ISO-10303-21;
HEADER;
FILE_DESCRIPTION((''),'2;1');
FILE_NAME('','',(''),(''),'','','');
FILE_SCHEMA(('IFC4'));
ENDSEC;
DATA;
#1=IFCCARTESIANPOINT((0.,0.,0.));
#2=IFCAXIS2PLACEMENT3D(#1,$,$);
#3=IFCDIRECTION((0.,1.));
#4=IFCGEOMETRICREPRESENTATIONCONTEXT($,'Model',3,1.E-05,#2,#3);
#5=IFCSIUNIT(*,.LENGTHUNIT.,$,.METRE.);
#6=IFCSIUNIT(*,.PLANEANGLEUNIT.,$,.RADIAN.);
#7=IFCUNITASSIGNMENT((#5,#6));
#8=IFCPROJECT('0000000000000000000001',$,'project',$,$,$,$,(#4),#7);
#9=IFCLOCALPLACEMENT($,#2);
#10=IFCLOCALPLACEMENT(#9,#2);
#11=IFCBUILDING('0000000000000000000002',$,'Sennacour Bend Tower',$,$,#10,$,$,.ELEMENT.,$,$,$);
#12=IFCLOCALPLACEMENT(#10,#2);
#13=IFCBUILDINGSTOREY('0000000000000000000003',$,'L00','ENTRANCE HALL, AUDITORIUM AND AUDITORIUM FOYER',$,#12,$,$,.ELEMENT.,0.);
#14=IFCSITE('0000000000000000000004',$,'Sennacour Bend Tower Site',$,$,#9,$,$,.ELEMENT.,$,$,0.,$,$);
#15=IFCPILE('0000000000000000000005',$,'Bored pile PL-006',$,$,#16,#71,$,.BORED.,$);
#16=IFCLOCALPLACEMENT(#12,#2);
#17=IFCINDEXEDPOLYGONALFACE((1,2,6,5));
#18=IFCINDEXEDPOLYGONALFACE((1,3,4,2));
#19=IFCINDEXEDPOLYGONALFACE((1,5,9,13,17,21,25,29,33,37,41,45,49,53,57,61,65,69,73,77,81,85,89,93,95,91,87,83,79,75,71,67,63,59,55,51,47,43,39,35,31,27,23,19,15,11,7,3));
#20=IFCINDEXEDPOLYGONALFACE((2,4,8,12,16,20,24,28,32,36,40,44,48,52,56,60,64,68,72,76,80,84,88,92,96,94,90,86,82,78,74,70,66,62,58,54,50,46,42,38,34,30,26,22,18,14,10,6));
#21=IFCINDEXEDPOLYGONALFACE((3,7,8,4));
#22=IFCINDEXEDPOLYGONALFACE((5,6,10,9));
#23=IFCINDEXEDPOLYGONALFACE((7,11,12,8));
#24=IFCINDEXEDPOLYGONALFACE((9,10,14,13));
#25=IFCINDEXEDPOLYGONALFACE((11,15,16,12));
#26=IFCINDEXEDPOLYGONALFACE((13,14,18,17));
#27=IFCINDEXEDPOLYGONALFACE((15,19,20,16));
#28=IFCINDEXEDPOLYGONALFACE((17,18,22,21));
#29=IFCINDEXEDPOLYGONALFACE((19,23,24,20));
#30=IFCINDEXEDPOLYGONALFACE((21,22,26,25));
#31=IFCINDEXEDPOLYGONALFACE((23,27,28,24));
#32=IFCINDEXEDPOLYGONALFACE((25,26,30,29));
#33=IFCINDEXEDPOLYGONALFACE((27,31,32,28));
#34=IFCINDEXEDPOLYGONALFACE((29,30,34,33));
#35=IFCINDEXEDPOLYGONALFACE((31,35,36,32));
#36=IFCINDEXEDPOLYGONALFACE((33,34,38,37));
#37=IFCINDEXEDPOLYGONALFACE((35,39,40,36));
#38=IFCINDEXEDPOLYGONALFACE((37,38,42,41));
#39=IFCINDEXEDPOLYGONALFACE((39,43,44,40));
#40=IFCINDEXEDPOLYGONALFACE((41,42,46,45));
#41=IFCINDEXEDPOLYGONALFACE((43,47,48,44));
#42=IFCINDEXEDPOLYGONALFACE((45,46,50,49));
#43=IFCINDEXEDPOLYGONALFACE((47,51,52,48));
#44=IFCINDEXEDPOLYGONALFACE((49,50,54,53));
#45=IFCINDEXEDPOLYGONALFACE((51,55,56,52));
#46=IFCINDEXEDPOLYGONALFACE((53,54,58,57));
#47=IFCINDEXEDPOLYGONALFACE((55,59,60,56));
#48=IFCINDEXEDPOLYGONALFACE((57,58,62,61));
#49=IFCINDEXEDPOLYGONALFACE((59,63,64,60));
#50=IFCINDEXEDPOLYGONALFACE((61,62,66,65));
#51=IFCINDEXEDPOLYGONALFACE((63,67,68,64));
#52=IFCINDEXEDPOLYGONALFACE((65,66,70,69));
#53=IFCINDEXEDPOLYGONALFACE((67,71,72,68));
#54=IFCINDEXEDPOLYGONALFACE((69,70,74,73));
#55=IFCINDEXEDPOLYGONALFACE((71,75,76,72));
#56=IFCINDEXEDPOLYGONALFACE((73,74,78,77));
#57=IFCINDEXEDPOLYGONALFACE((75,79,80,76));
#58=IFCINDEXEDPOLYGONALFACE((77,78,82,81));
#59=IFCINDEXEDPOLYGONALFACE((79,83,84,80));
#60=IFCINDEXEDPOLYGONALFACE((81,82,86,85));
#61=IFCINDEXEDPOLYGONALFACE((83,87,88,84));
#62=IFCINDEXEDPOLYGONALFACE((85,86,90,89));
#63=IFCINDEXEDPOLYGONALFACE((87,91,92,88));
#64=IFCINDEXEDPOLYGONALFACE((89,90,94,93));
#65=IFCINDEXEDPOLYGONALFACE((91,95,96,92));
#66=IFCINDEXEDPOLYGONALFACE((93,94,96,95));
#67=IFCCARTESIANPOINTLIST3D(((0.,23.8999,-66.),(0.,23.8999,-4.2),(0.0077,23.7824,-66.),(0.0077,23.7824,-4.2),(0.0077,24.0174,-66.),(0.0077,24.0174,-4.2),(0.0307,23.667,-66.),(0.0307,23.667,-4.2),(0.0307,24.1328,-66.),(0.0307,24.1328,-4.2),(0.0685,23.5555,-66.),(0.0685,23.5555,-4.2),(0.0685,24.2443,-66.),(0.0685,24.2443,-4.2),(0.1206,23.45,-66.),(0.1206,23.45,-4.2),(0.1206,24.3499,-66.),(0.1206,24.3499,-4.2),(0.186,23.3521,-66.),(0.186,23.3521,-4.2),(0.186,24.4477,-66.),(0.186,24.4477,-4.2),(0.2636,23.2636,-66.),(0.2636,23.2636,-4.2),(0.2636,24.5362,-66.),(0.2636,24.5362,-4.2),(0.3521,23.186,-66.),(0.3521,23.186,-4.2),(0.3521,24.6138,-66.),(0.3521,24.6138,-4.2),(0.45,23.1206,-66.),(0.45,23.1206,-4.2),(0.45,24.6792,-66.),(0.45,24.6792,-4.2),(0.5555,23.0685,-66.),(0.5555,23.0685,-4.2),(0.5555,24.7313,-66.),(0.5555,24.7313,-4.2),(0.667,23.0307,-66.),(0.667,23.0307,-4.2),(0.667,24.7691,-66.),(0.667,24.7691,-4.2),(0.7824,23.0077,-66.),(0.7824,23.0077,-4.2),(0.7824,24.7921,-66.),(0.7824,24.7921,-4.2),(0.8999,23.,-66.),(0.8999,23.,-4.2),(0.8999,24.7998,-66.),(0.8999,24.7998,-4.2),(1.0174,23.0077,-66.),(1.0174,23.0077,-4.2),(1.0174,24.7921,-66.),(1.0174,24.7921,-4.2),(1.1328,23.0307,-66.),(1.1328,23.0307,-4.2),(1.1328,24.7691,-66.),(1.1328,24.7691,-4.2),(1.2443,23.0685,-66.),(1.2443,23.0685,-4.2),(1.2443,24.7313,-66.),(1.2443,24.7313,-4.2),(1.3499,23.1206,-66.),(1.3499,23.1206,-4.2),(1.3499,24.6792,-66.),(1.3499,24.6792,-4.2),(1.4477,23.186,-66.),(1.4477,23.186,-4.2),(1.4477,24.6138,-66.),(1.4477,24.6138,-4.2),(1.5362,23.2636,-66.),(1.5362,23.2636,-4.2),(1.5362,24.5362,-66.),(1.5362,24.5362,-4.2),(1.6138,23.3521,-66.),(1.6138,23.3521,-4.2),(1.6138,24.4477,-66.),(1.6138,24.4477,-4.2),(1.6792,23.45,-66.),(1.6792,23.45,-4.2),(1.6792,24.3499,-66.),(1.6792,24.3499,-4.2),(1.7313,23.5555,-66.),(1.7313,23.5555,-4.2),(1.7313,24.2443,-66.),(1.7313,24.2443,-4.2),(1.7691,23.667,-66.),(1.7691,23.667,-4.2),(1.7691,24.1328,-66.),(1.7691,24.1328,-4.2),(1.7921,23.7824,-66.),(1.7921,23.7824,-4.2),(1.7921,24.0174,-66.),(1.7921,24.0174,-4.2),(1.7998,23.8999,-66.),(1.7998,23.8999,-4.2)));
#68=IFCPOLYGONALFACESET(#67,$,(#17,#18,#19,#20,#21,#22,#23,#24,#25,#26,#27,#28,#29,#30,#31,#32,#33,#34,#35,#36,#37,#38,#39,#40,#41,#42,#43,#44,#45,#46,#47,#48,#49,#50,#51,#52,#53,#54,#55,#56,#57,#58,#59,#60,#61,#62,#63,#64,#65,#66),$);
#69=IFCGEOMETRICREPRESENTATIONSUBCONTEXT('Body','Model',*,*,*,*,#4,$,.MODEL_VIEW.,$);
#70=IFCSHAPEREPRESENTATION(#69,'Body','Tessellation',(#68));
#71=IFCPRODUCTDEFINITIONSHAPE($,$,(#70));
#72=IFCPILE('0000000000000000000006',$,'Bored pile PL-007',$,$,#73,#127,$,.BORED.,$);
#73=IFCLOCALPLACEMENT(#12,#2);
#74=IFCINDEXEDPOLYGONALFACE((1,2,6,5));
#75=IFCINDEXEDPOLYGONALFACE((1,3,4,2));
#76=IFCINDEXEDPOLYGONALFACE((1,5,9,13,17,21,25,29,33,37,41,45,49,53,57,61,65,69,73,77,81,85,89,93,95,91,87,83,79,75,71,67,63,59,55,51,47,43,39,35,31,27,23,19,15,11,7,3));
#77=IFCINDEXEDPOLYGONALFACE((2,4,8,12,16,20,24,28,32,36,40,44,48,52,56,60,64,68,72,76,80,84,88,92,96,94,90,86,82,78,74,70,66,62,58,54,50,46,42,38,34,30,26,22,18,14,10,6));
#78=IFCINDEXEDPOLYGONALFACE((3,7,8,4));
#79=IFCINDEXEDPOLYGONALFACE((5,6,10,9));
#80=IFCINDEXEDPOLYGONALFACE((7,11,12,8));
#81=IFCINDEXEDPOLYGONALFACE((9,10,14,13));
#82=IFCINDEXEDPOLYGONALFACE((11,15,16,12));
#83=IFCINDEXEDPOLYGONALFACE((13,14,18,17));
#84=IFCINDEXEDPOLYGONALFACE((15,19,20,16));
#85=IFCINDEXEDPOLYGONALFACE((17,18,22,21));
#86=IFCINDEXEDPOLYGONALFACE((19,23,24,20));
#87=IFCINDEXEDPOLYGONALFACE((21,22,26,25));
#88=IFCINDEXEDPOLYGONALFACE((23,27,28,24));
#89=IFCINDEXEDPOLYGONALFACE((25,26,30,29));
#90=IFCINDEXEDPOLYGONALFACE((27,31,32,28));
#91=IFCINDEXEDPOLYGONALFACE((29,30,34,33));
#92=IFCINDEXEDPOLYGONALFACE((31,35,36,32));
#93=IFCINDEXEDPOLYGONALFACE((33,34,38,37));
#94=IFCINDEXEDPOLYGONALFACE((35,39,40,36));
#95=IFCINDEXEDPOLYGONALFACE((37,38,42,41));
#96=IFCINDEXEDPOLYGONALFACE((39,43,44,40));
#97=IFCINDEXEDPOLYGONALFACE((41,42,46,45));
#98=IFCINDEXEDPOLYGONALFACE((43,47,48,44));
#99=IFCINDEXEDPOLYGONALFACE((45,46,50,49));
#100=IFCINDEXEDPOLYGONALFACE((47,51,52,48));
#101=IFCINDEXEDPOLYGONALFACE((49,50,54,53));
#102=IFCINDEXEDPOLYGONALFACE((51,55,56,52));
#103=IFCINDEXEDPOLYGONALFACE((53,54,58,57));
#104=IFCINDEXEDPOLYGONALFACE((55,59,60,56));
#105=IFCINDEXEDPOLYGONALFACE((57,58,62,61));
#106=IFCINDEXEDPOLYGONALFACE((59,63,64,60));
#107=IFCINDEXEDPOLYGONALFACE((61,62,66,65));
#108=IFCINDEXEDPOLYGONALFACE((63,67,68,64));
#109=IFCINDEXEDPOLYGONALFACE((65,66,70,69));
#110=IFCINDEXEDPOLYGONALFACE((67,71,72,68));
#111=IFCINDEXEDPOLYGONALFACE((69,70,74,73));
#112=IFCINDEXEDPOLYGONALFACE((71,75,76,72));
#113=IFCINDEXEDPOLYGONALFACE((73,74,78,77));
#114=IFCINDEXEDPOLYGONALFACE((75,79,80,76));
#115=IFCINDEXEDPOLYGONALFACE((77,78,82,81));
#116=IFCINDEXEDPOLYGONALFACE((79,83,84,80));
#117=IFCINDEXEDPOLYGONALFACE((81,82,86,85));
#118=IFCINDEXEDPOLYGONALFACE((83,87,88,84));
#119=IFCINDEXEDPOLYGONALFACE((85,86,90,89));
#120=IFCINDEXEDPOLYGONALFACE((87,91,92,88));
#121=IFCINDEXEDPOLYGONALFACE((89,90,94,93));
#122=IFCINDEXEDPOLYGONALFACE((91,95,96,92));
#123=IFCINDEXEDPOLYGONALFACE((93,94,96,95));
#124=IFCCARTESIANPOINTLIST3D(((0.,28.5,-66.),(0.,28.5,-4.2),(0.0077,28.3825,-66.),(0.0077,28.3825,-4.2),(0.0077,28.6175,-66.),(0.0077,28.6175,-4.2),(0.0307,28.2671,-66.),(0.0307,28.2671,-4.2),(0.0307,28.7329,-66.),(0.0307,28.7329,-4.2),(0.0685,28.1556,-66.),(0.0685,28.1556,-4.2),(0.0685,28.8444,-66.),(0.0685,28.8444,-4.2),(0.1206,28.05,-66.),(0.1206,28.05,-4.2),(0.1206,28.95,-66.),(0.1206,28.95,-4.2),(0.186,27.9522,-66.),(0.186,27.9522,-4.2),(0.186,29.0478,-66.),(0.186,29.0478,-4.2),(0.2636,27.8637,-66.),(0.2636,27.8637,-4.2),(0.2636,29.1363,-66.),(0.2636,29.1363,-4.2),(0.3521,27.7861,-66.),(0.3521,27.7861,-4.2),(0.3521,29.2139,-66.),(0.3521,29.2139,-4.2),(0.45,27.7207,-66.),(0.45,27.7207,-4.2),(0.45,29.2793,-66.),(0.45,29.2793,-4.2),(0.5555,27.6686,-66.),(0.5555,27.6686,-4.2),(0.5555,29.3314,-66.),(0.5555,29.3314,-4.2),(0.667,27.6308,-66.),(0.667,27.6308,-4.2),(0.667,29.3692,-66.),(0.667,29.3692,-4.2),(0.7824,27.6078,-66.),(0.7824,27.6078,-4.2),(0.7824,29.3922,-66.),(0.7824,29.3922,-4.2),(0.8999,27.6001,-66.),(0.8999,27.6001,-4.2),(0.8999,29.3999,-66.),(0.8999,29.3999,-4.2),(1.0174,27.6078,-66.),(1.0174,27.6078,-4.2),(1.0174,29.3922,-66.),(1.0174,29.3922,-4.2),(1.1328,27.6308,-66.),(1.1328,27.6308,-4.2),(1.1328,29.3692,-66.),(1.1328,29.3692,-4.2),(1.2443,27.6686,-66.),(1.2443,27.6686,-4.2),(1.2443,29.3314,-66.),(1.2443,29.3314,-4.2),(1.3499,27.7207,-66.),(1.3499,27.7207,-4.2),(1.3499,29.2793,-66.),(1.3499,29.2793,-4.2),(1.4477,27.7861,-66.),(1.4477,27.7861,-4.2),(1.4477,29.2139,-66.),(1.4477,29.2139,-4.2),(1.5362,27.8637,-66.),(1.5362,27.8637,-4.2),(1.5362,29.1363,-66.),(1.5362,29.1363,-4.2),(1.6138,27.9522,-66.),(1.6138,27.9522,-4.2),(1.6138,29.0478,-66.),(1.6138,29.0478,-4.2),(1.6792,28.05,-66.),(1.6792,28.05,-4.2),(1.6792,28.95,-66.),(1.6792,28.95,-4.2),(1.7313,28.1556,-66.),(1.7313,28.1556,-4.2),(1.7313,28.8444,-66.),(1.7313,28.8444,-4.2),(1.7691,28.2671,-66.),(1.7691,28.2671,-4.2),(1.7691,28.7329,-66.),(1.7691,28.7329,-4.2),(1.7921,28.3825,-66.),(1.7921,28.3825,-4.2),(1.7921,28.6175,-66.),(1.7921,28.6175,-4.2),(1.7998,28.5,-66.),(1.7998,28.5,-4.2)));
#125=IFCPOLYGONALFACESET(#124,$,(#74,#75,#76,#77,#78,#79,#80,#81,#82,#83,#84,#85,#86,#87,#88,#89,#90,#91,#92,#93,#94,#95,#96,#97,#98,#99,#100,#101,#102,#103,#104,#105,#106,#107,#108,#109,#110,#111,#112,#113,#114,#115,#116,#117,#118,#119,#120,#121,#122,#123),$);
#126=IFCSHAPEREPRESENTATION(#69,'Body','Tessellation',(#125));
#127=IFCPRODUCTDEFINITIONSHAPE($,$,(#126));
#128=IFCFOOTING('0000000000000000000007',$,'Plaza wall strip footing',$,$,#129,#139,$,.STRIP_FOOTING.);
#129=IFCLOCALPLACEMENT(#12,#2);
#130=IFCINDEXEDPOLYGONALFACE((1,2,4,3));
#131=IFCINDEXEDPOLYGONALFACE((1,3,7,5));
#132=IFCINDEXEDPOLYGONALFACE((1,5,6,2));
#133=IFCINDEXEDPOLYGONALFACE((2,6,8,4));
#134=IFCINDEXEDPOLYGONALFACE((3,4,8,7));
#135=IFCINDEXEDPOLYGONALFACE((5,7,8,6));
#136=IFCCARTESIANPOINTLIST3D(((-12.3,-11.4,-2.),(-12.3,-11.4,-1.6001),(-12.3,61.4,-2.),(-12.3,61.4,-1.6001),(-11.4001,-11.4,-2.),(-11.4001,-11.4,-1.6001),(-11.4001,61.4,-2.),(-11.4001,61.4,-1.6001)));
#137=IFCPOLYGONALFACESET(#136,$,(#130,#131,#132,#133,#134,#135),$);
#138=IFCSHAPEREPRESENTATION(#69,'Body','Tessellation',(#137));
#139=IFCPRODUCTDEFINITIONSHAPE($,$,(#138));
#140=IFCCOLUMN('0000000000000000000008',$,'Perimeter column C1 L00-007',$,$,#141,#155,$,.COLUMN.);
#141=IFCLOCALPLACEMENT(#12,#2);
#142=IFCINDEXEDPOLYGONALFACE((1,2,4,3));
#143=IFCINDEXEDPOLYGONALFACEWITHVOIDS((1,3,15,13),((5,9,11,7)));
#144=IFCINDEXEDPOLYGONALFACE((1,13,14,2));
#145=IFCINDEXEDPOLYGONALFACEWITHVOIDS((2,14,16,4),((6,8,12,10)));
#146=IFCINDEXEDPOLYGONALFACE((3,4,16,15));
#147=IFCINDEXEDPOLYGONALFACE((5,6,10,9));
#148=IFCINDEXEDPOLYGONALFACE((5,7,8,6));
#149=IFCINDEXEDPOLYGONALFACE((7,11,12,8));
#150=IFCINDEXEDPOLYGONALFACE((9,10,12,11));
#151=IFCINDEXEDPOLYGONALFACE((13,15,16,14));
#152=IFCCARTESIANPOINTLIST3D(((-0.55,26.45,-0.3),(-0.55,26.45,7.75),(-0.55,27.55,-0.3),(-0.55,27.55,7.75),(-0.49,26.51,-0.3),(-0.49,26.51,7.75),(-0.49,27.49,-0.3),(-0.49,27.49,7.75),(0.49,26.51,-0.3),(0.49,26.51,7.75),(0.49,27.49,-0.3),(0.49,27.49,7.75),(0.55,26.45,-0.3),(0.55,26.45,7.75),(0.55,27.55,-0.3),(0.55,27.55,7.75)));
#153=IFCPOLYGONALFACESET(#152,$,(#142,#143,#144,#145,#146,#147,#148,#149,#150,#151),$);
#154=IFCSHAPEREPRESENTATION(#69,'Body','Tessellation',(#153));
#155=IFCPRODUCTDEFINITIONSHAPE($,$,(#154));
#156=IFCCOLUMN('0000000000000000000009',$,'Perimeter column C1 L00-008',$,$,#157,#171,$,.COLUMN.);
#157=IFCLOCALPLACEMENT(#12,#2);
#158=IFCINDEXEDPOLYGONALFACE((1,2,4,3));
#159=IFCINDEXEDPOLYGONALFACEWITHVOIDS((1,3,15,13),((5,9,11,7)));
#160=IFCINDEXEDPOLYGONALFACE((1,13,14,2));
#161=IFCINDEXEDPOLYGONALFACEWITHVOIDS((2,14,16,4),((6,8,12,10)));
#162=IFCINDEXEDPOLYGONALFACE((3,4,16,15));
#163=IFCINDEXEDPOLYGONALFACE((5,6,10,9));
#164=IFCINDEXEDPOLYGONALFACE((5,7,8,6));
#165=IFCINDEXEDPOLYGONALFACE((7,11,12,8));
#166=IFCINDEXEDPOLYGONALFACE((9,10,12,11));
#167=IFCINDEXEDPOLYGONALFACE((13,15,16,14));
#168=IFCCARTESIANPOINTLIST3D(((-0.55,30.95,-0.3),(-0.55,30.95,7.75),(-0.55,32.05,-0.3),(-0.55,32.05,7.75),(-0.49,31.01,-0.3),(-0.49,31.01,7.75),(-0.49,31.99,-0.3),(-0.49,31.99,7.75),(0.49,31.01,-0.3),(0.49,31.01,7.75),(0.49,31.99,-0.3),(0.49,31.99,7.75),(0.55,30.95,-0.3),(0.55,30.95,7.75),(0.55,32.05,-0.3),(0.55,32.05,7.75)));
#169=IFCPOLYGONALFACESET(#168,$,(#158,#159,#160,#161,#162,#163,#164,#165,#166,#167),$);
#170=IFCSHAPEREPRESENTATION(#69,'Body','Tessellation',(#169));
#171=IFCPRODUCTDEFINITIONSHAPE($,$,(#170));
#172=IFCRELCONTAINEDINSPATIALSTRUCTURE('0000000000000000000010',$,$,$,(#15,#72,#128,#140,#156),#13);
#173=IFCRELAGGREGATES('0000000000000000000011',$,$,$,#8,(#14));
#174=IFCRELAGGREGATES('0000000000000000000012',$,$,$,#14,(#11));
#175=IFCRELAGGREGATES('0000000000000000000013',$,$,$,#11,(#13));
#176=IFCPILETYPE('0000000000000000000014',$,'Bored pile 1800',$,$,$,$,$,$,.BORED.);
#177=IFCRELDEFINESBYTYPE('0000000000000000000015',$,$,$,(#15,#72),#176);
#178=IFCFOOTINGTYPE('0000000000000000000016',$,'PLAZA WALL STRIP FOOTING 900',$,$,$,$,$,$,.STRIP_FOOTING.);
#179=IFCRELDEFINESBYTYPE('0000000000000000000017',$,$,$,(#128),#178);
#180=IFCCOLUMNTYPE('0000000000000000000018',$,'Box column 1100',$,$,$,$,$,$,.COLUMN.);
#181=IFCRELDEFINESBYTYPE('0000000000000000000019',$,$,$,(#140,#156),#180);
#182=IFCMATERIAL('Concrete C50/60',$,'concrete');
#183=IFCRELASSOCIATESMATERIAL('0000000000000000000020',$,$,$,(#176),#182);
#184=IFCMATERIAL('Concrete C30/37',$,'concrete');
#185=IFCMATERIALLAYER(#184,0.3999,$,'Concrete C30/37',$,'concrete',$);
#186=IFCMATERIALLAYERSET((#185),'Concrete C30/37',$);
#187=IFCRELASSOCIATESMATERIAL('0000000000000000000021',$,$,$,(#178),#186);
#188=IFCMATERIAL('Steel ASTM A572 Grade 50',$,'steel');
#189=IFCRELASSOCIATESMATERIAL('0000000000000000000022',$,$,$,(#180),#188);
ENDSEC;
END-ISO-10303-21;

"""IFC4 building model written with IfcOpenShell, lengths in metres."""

from ifc_helpers import new_model, si_unit, direction, frame, origin, origin_2d, place, context, subcontext, project, spatial, rectangle, hollow_rectangle, circle, extrude, material, layer, layer_set, material_profile, profile_set, type_object, element, save


model = new_model("IFC4")

# Units and contexts
model_context = context("Model", 3, precision=1e-05, world=origin(), true_north=direction((0.0, 1.0)))
body_context = subcontext(model_context, "Body", "Model", "MODEL_VIEW")
ifc_project = project(units=[si_unit("LENGTHUNIT", "METRE"), si_unit("PLANEANGLEUNIT", "RADIAN")], contexts=[model_context])

# Site, building, storey
site_placement = place(None, origin())
site = spatial("IfcSite", under=ifc_project, at=site_placement, Name="Sennacour Bend Tower Site", CompositionType="ELEMENT", RefElevation=0.0)
building_placement = place(site_placement, origin())
building = spatial("IfcBuilding", under=site, at=building_placement, Name="Sennacour Bend Tower", CompositionType="ELEMENT")
storey_placement = place(building_placement, origin())
storey = spatial("IfcBuildingStorey", under=building, at=storey_placement, Name="L00", Description="ENTRANCE HALL, AUDITORIUM AND AUDITORIUM FOYER", CompositionType="ELEMENT", Elevation=0.0)

# Piles
ifc_material_1 = material(Name="Concrete C50/60", Category="concrete")
ifc_material_profile_1 = material_profile(ifc_material_1, circle(Radius=0.8999, at=origin_2d()), Name="Concrete C50/60", Category="concrete")
ifc_profile_set_1 = profile_set([ifc_material_profile_1], Name="Concrete C50/60")
pile_type = type_object("IfcPileType", Name="Bored pile 1800", PredefinedType="BORED", material=ifc_profile_set_1)
for number, where, z_axis, x_axis, name in (
    (1, (0.8999, 23.8999, -4.2), (0.0, 0.0, -1.0), (1.0, 0.0, 0.0), "Bored pile PL-006"),
    (2, (0.8999, 28.5, -4.2), (0.0, 0.0, -1.0), (1.0, 0.0, 0.0), "Bored pile PL-007"),
):
    element("IfcPile", number, at=place(storey_placement, frame(where, z_axis=z_axis, x_axis=x_axis)), inside=storey, type_object=pile_type, Name=name, PredefinedType="BORED", context=body_context, shape_type="SweptSolid", body=[
        extrude(circle(Radius=0.8999, at=origin_2d()), origin(), (0.0, 0.0, 1.0), 61.8),
    ])

# Footing
ifc_material_2 = material(Name="Concrete C30/37", Category="concrete")
ifc_layer_1 = layer(ifc_material_2, 0.3999, Name="Concrete C30/37", Category="concrete")
ifc_layer_set_1 = layer_set([ifc_layer_1], Name="Concrete C30/37")
footing_type = type_object("IfcFootingType", Name="PLAZA WALL STRIP FOOTING 900", PredefinedType="STRIP_FOOTING", material=ifc_layer_set_1)
footing_placement = place(storey_placement, frame((-11.8501, 25.0, -2.0), z_axis=(0.0, 0.0, 1.0), x_axis=(1.0, 0.0, 0.0)))
element("IfcFooting", 3, at=footing_placement, inside=storey, type_object=footing_type, Name="Plaza wall strip footing", PredefinedType="STRIP_FOOTING", context=body_context, shape_type="SweptSolid", body=[
    extrude(rectangle(XDim=0.8999, YDim=72.8, at=origin_2d()), origin(), (0.0, 0.0, 1.0), 0.3999),
])

# Columns
ifc_material_3 = material(Name="Steel ASTM A572 Grade 50", Category="steel")
ifc_material_profile_2 = material_profile(ifc_material_3, hollow_rectangle(XDim=1.1001, YDim=1.1001, WallThickness=0.0601, at=origin_2d()), Name="Steel ASTM A572 Grade 50", Category="steel")
ifc_profile_set_2 = profile_set([ifc_material_profile_2], Name="Steel ASTM A572 Grade 50")
column_type = type_object("IfcColumnType", Name="Box column 1100", PredefinedType="COLUMN", material=ifc_profile_set_2)
for number, where, z_axis, x_axis, name in (
    (4, (0.0, 27.0, -0.3), (0.0, 0.0, 1.0), (1.0, 0.0, 0.0), "Perimeter column C1 L00-007"),
    (5, (0.0, 31.5, -0.3), (0.0, 0.0, 1.0), (1.0, 0.0, 0.0), "Perimeter column C1 L00-008"),
):
    element("IfcColumn", number, at=place(storey_placement, frame(where, z_axis=z_axis, x_axis=x_axis)), inside=storey, type_object=column_type, Name=name, PredefinedType="COLUMN", context=body_context, shape_type="SweptSolid", body=[
        extrude(hollow_rectangle(XDim=1.1001, YDim=1.1001, WallThickness=0.0601, at=origin_2d()), origin(), (0.0, 0.0, 1.0), 8.05),
    ])

save(model, "model.ifc")
